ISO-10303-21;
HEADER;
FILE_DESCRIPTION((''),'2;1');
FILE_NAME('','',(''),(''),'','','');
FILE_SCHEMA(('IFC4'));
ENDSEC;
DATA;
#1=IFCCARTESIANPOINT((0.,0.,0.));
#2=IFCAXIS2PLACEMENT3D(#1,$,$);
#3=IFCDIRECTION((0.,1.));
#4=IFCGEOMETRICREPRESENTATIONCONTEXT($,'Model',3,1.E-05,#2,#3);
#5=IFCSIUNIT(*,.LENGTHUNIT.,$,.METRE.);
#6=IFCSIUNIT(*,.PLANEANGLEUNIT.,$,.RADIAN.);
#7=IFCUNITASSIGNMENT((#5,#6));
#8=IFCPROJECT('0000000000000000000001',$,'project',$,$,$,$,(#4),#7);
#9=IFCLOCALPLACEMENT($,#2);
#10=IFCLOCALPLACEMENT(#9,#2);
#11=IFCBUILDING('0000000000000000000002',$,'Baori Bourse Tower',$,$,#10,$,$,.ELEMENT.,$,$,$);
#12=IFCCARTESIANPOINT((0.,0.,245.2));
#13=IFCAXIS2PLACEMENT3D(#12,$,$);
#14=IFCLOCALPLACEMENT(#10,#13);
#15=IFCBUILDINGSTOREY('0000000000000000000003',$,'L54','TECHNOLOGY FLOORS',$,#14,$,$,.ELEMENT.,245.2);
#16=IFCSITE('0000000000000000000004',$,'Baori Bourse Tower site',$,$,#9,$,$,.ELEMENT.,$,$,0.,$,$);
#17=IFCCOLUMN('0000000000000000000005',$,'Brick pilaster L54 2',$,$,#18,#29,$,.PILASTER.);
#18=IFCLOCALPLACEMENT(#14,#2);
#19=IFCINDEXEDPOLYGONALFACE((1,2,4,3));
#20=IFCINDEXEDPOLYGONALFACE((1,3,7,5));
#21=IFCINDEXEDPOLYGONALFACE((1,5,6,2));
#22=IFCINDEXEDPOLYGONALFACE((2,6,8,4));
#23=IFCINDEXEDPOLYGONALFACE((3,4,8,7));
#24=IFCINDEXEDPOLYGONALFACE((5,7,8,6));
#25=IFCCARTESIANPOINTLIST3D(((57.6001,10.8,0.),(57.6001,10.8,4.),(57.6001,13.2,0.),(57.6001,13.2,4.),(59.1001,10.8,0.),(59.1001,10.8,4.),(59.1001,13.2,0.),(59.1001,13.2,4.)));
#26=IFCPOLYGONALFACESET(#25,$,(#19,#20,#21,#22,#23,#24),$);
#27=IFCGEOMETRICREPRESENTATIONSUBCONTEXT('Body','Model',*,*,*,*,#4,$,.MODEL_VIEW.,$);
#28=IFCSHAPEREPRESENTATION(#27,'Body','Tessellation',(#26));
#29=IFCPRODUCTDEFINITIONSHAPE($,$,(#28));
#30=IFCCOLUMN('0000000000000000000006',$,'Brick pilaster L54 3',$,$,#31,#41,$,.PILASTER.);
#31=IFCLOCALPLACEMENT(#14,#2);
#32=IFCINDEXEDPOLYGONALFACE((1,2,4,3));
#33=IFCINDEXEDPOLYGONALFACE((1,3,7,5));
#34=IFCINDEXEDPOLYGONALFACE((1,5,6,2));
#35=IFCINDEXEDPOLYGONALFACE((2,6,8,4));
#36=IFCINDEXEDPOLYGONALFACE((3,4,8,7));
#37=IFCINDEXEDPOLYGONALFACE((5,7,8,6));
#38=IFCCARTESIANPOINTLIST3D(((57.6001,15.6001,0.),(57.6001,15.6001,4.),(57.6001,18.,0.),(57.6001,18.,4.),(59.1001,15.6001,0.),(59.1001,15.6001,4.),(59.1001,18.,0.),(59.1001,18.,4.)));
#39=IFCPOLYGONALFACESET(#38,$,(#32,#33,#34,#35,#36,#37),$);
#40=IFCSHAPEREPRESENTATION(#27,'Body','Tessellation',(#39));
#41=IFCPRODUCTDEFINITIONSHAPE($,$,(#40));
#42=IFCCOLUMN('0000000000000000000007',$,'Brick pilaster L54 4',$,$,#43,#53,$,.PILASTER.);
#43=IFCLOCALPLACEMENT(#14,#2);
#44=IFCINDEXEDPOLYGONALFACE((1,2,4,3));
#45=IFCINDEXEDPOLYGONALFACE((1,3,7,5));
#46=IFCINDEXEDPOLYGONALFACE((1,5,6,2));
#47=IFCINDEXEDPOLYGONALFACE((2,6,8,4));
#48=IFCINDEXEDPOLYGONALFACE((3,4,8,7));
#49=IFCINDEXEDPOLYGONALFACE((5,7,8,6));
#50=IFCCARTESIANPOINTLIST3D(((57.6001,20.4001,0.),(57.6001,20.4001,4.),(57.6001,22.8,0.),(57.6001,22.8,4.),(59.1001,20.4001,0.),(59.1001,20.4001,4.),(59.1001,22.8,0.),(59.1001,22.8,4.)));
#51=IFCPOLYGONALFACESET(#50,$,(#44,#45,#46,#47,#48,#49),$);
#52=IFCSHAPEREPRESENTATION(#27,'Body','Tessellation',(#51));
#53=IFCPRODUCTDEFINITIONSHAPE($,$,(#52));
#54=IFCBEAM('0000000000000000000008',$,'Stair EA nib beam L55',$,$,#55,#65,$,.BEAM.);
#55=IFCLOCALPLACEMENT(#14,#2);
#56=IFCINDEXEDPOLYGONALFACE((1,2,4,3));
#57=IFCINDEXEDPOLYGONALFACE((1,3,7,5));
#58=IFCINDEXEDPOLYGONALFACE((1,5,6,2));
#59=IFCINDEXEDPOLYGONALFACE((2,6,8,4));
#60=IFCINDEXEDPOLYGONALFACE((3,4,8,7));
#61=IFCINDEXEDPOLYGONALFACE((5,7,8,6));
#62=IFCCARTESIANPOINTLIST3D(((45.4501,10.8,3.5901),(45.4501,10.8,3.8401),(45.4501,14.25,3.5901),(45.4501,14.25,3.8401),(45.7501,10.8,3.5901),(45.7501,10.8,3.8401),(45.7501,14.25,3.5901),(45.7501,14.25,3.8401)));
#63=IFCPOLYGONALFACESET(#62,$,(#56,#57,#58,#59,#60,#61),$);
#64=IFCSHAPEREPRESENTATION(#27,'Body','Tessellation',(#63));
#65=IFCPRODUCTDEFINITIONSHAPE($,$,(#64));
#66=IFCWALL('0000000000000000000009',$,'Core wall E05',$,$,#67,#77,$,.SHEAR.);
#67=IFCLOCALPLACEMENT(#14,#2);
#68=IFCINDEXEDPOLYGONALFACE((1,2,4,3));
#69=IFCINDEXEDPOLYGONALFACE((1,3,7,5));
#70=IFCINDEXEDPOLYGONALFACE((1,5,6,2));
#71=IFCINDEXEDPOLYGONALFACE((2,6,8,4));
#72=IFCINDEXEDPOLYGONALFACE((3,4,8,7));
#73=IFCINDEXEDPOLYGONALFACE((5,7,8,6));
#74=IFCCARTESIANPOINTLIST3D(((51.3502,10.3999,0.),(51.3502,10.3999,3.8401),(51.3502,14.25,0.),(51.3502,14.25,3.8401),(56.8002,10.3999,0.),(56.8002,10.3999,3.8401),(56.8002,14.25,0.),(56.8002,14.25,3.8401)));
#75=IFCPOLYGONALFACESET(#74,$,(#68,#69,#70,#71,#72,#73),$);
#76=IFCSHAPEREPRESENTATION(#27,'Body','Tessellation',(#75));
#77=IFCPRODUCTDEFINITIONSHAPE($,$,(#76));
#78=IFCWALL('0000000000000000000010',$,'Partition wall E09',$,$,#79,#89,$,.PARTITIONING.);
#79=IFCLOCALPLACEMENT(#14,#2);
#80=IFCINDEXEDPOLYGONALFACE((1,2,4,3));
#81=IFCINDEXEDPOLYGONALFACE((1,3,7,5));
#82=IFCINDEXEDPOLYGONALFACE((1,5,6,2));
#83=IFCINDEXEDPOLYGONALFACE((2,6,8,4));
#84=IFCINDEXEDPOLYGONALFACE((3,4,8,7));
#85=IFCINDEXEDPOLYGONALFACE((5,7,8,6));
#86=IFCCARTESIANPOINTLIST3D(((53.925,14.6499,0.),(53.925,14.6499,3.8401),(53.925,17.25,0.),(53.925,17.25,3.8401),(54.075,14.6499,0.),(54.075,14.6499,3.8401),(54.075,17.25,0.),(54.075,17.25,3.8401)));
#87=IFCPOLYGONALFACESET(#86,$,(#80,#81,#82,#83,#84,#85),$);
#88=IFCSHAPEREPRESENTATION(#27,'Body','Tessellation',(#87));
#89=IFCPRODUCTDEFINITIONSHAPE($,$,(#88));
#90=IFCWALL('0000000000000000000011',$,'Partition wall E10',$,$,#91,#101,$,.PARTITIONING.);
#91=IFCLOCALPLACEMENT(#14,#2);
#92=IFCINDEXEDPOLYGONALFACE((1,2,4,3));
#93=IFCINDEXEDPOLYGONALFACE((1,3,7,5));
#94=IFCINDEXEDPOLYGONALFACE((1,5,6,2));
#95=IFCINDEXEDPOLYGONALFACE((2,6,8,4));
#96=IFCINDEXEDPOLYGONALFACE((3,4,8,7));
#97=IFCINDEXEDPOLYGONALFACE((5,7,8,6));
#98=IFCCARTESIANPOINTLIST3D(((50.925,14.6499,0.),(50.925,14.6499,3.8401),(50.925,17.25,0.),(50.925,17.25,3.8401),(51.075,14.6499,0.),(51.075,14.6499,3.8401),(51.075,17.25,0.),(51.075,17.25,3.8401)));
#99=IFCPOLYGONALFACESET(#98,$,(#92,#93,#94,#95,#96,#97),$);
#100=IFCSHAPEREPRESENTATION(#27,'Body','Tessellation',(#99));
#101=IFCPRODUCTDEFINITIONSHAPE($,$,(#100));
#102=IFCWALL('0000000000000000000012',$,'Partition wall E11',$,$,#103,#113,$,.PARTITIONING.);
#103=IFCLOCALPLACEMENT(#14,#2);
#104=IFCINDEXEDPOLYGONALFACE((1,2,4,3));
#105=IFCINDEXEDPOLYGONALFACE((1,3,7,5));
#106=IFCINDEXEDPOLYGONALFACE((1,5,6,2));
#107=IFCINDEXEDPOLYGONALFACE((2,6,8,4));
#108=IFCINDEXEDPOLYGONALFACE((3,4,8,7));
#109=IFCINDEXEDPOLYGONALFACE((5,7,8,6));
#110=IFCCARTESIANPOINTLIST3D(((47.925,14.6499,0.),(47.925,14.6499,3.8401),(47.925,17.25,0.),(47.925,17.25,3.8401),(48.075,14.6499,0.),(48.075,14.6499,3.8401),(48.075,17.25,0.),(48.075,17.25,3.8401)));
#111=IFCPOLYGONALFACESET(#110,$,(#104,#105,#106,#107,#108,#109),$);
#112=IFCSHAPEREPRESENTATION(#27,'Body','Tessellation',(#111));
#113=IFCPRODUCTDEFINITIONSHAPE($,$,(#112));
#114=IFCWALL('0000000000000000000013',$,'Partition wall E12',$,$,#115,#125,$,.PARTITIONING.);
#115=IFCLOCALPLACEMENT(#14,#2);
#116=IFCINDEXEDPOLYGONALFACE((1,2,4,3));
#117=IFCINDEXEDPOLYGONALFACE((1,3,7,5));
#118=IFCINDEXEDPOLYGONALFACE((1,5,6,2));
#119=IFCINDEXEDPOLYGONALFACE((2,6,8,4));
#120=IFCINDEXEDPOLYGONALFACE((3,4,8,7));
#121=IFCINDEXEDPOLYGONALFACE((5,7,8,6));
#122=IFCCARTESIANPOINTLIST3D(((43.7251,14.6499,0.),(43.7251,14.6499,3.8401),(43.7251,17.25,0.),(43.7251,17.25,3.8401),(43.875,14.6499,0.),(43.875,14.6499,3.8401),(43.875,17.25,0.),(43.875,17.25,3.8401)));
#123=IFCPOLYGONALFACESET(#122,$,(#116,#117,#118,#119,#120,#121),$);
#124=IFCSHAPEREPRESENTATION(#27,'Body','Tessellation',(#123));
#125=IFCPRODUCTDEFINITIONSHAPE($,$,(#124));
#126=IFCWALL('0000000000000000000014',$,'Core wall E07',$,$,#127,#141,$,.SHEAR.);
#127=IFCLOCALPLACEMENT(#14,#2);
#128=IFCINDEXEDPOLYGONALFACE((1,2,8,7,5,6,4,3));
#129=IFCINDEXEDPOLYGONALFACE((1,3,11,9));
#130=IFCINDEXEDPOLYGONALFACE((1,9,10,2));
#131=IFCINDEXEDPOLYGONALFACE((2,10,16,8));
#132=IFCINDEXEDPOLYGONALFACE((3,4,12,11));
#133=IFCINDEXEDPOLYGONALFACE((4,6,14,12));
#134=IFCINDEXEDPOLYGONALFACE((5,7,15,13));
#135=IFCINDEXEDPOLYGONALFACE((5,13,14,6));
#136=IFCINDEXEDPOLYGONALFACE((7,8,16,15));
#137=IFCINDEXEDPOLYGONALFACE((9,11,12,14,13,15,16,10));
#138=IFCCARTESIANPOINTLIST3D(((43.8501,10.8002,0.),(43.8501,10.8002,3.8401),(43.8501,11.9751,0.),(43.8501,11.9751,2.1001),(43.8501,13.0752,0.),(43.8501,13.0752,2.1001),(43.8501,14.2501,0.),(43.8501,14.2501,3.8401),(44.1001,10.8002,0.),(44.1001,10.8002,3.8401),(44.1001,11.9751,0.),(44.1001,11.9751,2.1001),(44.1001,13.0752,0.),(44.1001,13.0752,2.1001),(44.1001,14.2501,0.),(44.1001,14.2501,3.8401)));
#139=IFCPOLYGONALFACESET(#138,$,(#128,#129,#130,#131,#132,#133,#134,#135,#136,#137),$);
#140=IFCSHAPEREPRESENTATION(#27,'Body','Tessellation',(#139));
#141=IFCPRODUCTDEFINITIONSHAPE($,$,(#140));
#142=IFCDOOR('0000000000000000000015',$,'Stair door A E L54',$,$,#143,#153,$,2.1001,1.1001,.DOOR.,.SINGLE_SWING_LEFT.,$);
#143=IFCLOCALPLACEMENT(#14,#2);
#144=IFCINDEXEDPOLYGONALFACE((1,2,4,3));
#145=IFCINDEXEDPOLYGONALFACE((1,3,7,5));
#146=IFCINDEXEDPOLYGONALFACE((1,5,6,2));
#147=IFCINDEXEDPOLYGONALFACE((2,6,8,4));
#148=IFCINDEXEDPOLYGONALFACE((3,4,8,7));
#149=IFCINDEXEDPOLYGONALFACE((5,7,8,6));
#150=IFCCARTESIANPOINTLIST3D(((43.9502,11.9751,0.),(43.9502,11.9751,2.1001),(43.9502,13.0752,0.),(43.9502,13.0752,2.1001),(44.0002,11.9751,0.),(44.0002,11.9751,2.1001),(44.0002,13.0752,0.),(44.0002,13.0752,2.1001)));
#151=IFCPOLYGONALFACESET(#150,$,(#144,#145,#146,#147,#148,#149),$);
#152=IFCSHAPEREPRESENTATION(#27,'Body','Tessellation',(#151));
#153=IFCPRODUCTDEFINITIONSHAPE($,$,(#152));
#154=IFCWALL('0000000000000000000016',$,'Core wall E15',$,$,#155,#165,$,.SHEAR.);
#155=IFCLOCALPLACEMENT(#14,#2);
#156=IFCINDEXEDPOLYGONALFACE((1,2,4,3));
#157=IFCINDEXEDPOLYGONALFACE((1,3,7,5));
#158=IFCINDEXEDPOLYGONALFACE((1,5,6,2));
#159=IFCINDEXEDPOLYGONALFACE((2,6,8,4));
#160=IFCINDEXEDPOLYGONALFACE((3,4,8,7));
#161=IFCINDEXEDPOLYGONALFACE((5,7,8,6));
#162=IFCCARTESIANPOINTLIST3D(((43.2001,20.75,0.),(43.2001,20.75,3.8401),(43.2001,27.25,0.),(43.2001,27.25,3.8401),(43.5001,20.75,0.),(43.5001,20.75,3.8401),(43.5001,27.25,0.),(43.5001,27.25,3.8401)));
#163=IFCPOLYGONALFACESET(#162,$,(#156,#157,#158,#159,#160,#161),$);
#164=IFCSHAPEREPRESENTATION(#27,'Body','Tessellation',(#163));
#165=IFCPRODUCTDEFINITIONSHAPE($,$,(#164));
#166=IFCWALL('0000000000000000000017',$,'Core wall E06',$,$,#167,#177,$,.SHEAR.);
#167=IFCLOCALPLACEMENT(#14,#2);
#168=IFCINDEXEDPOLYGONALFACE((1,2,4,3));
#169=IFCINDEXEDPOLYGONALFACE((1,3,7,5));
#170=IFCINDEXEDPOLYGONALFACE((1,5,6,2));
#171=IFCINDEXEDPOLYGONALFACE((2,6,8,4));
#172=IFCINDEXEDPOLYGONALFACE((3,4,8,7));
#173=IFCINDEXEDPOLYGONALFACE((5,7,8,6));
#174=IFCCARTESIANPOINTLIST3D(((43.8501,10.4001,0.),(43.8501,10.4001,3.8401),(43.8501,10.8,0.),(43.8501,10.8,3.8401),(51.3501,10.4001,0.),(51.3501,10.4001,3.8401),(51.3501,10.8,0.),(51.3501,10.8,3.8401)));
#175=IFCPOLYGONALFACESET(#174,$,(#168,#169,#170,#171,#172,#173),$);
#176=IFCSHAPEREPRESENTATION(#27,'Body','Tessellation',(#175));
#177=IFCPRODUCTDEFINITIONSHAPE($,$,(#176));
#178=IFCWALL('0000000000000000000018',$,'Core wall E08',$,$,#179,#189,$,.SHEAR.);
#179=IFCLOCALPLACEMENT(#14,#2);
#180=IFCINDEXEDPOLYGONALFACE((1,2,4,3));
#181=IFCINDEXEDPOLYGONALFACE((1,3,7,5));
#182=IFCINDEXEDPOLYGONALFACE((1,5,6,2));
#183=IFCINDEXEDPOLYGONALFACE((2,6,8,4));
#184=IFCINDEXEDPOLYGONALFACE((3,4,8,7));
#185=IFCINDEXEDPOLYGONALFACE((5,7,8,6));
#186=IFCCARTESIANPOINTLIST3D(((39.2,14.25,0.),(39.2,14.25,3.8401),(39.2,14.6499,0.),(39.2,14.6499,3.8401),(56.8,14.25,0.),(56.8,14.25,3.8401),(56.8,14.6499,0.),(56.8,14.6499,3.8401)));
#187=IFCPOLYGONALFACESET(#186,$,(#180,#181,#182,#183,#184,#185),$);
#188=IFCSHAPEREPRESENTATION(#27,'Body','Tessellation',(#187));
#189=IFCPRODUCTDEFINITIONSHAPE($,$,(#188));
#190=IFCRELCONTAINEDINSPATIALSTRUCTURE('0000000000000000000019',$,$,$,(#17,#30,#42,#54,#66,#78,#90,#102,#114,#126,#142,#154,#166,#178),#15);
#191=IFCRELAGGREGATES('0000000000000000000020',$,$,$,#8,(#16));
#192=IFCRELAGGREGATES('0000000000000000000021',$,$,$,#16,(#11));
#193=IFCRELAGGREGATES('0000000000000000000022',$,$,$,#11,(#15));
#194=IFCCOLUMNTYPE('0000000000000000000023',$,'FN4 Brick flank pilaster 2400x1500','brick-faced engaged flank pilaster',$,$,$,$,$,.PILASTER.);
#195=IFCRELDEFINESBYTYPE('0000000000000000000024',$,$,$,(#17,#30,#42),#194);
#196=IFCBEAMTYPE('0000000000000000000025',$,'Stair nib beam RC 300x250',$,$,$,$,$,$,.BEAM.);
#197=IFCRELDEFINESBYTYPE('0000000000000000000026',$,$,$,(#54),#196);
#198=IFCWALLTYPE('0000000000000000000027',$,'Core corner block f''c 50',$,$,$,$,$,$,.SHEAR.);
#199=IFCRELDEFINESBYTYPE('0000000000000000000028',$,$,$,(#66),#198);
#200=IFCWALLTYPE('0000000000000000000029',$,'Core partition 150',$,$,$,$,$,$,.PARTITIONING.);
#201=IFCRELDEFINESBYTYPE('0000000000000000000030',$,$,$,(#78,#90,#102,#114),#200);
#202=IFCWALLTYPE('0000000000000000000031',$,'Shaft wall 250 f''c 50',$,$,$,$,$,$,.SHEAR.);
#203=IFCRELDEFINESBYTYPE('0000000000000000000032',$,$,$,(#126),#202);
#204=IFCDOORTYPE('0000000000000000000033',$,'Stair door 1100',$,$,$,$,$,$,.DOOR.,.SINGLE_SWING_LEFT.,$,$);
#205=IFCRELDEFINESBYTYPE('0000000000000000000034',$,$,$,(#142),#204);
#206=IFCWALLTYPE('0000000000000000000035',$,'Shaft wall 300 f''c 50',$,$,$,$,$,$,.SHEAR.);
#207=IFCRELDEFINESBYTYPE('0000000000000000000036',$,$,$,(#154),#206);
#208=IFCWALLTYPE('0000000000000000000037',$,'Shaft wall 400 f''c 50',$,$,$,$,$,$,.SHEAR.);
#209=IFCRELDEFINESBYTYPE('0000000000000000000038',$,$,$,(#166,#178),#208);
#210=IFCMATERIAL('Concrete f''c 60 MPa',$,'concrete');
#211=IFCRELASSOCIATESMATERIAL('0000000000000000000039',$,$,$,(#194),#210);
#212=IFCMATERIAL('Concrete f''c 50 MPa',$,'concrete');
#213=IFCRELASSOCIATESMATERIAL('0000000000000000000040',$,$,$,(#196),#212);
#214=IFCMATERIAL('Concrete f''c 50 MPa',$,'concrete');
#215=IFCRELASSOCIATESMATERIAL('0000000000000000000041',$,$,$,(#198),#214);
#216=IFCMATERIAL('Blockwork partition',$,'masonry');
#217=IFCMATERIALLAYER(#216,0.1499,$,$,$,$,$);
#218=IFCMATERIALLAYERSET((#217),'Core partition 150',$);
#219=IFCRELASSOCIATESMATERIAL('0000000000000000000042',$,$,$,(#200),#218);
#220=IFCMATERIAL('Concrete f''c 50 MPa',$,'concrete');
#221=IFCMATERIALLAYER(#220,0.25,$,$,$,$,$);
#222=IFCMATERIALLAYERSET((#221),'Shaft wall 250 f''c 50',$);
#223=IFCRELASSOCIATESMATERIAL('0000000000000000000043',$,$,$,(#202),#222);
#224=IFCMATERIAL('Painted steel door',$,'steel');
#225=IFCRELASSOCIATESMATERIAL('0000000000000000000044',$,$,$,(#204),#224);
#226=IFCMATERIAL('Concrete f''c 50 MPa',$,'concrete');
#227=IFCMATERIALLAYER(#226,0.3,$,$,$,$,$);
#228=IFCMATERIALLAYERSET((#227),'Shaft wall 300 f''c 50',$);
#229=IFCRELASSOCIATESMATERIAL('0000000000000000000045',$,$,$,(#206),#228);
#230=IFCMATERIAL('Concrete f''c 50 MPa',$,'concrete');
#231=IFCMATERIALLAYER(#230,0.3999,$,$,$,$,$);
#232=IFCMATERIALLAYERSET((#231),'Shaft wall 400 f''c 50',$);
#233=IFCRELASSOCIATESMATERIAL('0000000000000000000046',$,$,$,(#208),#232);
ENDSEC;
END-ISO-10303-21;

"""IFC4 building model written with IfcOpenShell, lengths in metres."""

from ifc_helpers import new_model, si_unit, direction, frame, frame_2d, origin, origin_2d, place, context, subcontext, project, spatial, rectangle, extrude, material, layer, layer_set, material_profile, profile_set, type_object, element, fill, save


model = new_model("IFC4")

# Units and contexts
model_context = context("Model", 3, precision=1e-05, world=origin(), true_north=direction((0.0, 1.0)))
body_context = subcontext(model_context, "Body", "Model", "MODEL_VIEW")
ifc_project = project(units=[si_unit("LENGTHUNIT", "METRE"), si_unit("PLANEANGLEUNIT", "RADIAN")], contexts=[model_context])

# Site, building, storey
site_placement = place(None, origin())
site = spatial("IfcSite", under=ifc_project, at=site_placement, Name="Baori Bourse Tower site", CompositionType="ELEMENT", RefElevation=0.0)
building_placement = place(site_placement, origin())
building = spatial("IfcBuilding", under=site, at=building_placement, Name="Baori Bourse Tower", CompositionType="ELEMENT")
storey_placement = place(building_placement, frame((0.0, 0.0, 245.2)))
storey = spatial("IfcBuildingStorey", under=building, at=storey_placement, Name="L54", Description="TECHNOLOGY FLOORS", CompositionType="ELEMENT", Elevation=245.2)

# Columns
ifc_material_1 = material(Name="Concrete f'c 60 MPa", Category="concrete")
ifc_material_profile_1 = material_profile(ifc_material_1, rectangle(XDim=2.3999, YDim=1.5, at=origin_2d()), Name="RC 2400x1500")
ifc_profile_set_1 = profile_set([ifc_material_profile_1], Name="Concrete f'c 60 MPa")
column_type = type_object("IfcColumnType", Name="FN4 Brick flank pilaster 2400x1500", Description="brick-faced engaged flank pilaster", PredefinedType="PILASTER", material=ifc_profile_set_1)
for number, where, z_axis, x_axis, name in (
    (1, (58.3501, 12.0, 0.0), (0.0, 0.0, 1.0), (0.0, 1.0, 0.0), "Brick pilaster L54 2"),
    (2, (58.3501, 16.8, 0.0), (0.0, 0.0, 1.0), (0.0, 1.0, 0.0), "Brick pilaster L54 3"),
    (3, (58.3501, 21.6001, 0.0), (0.0, 0.0, 1.0), (0.0, 1.0, 0.0), "Brick pilaster L54 4"),
):
    element("IfcColumn", number, at=place(storey_placement, frame(where, z_axis=z_axis, x_axis=x_axis)), inside=storey, type_object=column_type, Name=name, PredefinedType="PILASTER", context=body_context, shape_type="SweptSolid", body=[
        extrude(rectangle(XDim=2.3999, YDim=1.5, at=origin_2d()), origin(), (0.0, 0.0, 1.0), 4.0),
    ])

# Beam
ifc_material_2 = material(Name="Concrete f'c 50 MPa", Category="concrete")
ifc_material_profile_2 = material_profile(ifc_material_2, rectangle(XDim=0.3, YDim=0.25, at=origin_2d()), Name="RC 300x250")
ifc_profile_set_2 = profile_set([ifc_material_profile_2], Name="Concrete f'c 50 MPa")
beam_type = type_object("IfcBeamType", Name="Stair nib beam RC 300x250", PredefinedType="BEAM", material=ifc_profile_set_2)
beam_placement = place(storey_placement, frame((45.6001, 10.8, 3.7151), z_axis=(0.0, 1.0, 0.0), x_axis=(-1.0, 0.0, 0.0)))
element("IfcBeam", 4, at=beam_placement, inside=storey, type_object=beam_type, Name="Stair EA nib beam L55", PredefinedType="BEAM", context=body_context, shape_type="SweptSolid", body=[
    extrude(rectangle(XDim=0.3, YDim=0.25, at=origin_2d()), origin(), (0.0, 0.0, 1.0), 3.45),
])

# Walls
ifc_material_3 = material(Name="Concrete f'c 50 MPa", Category="concrete")
wall_type_1 = type_object("IfcWallType", Name="Core corner block f'c 50", PredefinedType="SHEAR", material=ifc_material_3)
wall_1_placement = place(storey_placement, frame((51.3501, 12.325, 0.0), z_axis=(0.0, 0.0, 1.0), x_axis=(1.0, 0.0, 0.0)))
element("IfcWall", 5, at=wall_1_placement, inside=storey, type_object=wall_type_1, Name="Core wall E05", PredefinedType="SHEAR", context=body_context, shape_type="SweptSolid", body=[
    extrude(rectangle(XDim=5.45, YDim=3.8501, at=frame_2d((2.7251, 0.0))), origin(), (0.0, 0.0, 1.0), 3.8401),
])
ifc_material_4 = material(Name="Blockwork partition", Category="masonry")
ifc_layer_1 = layer(ifc_material_4, 0.1499)
ifc_layer_set_1 = layer_set([ifc_layer_1], Name="Core partition 150")
wall_type_2 = type_object("IfcWallType", Name="Core partition 150", PredefinedType="PARTITIONING", material=ifc_layer_set_1)
for number, where, z_axis, x_axis, name in (
    (6, (54.0, 14.6499, 0.0), (0.0, 0.0, 1.0), (0.0, 1.0, 0.0), "Partition wall E09"),
    (7, (51.0, 14.6499, 0.0), (0.0, 0.0, 1.0), (0.0, 1.0, 0.0), "Partition wall E10"),
    (8, (48.0, 14.6499, 0.0), (0.0, 0.0, 1.0), (0.0, 1.0, 0.0), "Partition wall E11"),
    (9, (43.8, 14.6499, 0.0), (0.0, 0.0, 1.0), (0.0, 1.0, 0.0), "Partition wall E12"),
):
    element("IfcWall", number, at=place(storey_placement, frame(where, z_axis=z_axis, x_axis=x_axis)), inside=storey, type_object=wall_type_2, Name=name, PredefinedType="PARTITIONING", context=body_context, shape_type="SweptSolid", body=[
        extrude(rectangle(XDim=2.6001, YDim=0.1499, at=frame_2d((1.3, 0.0))), origin(), (0.0, 0.0, 1.0), 3.8401),
    ])

# Wall, opening, door
ifc_material_5 = material(Name="Concrete f'c 50 MPa", Category="concrete")
ifc_layer_2 = layer(ifc_material_5, 0.25)
ifc_layer_set_2 = layer_set([ifc_layer_2], Name="Shaft wall 250 f'c 50")
wall_type_3 = type_object("IfcWallType", Name="Shaft wall 250 f'c 50", PredefinedType="SHEAR", material=ifc_layer_set_2)
wall_2_placement = place(storey_placement, frame((43.9751, 10.8, 0.0), z_axis=(0.0, 0.0, 1.0), x_axis=(0.0, 1.0, 0.0)))
wall_2 = element("IfcWall", 10, at=wall_2_placement, inside=storey, type_object=wall_type_3, Name="Core wall E07", PredefinedType="SHEAR", context=body_context, shape_type="SweptSolid", body=[
    extrude(rectangle(XDim=3.45, YDim=0.25, at=frame_2d((1.7251, 0.0))), origin(), (0.0, 0.0, 1.0), 3.8401),
])
opening_1_placement = place(wall_2_placement, frame((1.175, 0.0, 0.0)))
opening_1 = element("IfcOpeningElement", 11, at=opening_1_placement, cuts=wall_2, PredefinedType="OPENING", context=body_context, shape_type="SweptSolid", body=[
    extrude(rectangle(XDim=1.1001, YDim=2.1001, at=frame_2d((0.55, 1.05))), frame((0.0, 0.135, 0.0), z_axis=(0.0, -1.0, 0.0), x_axis=(1.0, 0.0, 0.0)), (0.0, 0.0, 1.0), 0.27),
])
ifc_material_6 = material(Name="Painted steel door", Category="steel")
door_type_1 = type_object("IfcDoorType", Name="Stair door 1100", OperationType="SINGLE_SWING_LEFT", PredefinedType="DOOR", material=ifc_material_6)
door_1_placement = place(opening_1_placement, origin())
door_1 = element("IfcDoor", 12, at=door_1_placement, inside=storey, type_object=door_type_1, Name="Stair door A E L54", OperationType="SINGLE_SWING_LEFT", OverallHeight=2.1001, OverallWidth=1.1001, PredefinedType="DOOR", context=body_context, shape_type="SweptSolid", body=[
    extrude(rectangle(XDim=1.1001, YDim=2.1001, at=frame_2d((0.55, 1.05))), frame((0.0, 0.0249, 0.0), z_axis=(0.0, -1.0, 0.0), x_axis=(1.0, 0.0, 0.0)), (0.0, 0.0, 1.0), 0.05),
])
fill(opening_1, door_1)

# Walls
ifc_material_7 = material(Name="Concrete f'c 50 MPa", Category="concrete")
ifc_layer_3 = layer(ifc_material_7, 0.3)
ifc_layer_set_3 = layer_set([ifc_layer_3], Name="Shaft wall 300 f'c 50")
wall_type_4 = type_object("IfcWallType", Name="Shaft wall 300 f'c 50", PredefinedType="SHEAR", material=ifc_layer_set_3)
wall_3_placement = place(storey_placement, frame((43.3501, 20.75, 0.0), z_axis=(0.0, 0.0, 1.0), x_axis=(0.0, 1.0, 0.0)))
element("IfcWall", 13, at=wall_3_placement, inside=storey, type_object=wall_type_4, Name="Core wall E15", PredefinedType="SHEAR", context=body_context, shape_type="SweptSolid", body=[
    extrude(rectangle(XDim=6.5, YDim=0.3, at=frame_2d((3.25, 0.0))), origin(), (0.0, 0.0, 1.0), 3.8401),
])
ifc_material_8 = material(Name="Concrete f'c 50 MPa", Category="concrete")
ifc_layer_4 = layer(ifc_material_8, 0.3999)
ifc_layer_set_4 = layer_set([ifc_layer_4], Name="Shaft wall 400 f'c 50")
wall_type_5 = type_object("IfcWallType", Name="Shaft wall 400 f'c 50", PredefinedType="SHEAR", material=ifc_layer_set_4)
wall_4_placement = place(storey_placement, frame((43.8501, 10.6001, 0.0), z_axis=(0.0, 0.0, 1.0), x_axis=(1.0, 0.0, 0.0)))
element("IfcWall", 14, at=wall_4_placement, inside=storey, type_object=wall_type_5, Name="Core wall E06", PredefinedType="SHEAR", context=body_context, shape_type="SweptSolid", body=[
    extrude(rectangle(XDim=7.5, YDim=0.3999, at=frame_2d((3.75, 0.0))), origin(), (0.0, 0.0, 1.0), 3.8401),
])
wall_5_placement = place(storey_placement, frame((39.2, 14.45, 0.0), z_axis=(0.0, 0.0, 1.0), x_axis=(1.0, 0.0, 0.0)))
element("IfcWall", 15, at=wall_5_placement, inside=storey, type_object=wall_type_5, Name="Core wall E08", PredefinedType="SHEAR", context=body_context, shape_type="SweptSolid", body=[
    extrude(rectangle(XDim=17.6001, YDim=0.3999, at=frame_2d((8.8, 0.0))), origin(), (0.0, 0.0, 1.0), 3.8401),
])

save(model, "model.ifc")
